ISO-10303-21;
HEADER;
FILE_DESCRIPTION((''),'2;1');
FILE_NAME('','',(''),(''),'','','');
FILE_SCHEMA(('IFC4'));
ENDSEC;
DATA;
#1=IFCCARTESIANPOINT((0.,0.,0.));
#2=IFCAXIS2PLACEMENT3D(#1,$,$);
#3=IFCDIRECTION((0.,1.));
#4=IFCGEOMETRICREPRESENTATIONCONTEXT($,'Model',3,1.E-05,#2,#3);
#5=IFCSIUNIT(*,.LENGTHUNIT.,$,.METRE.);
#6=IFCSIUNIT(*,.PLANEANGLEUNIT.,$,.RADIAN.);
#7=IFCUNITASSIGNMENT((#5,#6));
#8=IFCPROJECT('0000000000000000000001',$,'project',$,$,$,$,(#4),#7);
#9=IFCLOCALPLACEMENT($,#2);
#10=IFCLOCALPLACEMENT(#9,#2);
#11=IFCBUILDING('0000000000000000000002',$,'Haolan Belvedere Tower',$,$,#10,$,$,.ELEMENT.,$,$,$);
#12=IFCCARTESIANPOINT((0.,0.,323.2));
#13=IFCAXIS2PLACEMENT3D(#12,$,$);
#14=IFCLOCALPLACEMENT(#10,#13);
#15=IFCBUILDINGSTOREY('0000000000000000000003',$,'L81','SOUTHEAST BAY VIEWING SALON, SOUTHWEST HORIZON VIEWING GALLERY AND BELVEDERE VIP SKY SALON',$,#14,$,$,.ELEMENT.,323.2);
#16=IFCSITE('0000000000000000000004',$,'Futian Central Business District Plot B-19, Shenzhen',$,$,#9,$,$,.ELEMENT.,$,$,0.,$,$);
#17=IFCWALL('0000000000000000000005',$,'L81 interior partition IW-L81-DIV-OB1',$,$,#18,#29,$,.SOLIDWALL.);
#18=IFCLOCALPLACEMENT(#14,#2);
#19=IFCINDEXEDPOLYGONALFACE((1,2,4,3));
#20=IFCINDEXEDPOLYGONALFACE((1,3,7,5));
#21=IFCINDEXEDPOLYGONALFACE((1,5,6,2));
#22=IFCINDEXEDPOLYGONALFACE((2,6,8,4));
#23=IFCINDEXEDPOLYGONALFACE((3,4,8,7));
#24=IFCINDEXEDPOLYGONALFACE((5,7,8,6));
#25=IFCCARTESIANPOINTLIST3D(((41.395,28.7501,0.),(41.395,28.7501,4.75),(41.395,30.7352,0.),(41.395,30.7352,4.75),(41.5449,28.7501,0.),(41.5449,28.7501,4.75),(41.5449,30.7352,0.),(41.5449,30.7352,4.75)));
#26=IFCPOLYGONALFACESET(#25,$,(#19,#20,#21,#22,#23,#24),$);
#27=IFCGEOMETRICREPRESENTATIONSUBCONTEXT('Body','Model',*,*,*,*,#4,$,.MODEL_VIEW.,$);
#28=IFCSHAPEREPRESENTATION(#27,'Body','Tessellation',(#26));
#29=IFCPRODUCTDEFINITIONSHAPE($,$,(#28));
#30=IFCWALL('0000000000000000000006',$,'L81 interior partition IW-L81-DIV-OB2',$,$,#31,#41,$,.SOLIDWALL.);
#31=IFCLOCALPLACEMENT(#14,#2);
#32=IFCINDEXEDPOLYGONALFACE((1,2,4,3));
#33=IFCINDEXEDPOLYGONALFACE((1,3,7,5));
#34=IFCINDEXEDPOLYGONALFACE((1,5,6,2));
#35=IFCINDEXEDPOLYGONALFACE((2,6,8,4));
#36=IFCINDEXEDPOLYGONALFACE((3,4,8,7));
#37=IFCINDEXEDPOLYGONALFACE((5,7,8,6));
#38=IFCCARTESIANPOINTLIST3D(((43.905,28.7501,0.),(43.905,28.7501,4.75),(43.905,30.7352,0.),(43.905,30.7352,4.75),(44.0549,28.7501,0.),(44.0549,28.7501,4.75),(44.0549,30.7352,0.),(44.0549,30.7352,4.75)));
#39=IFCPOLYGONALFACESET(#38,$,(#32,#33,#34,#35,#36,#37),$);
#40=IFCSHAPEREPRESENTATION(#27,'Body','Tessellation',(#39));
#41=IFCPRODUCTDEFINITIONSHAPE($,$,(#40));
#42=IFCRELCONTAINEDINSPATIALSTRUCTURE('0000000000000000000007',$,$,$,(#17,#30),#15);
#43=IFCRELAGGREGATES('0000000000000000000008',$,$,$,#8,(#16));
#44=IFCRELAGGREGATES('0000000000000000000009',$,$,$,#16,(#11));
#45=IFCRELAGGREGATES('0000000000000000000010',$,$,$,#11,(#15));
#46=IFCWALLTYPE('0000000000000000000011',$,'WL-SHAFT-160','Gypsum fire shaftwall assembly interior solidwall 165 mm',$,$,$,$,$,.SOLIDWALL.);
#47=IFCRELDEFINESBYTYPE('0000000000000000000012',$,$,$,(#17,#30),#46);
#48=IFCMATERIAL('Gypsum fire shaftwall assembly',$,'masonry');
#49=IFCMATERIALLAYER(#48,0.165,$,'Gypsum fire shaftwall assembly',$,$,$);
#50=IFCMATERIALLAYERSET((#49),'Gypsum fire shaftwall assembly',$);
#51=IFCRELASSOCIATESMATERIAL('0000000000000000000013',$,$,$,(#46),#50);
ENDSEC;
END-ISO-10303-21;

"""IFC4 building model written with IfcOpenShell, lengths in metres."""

from ifc_helpers import new_model, si_unit, direction, frame, frame_2d, origin, place, context, subcontext, project, spatial, rectangle, extrude, material, layer, layer_set, type_object, element, save


model = new_model("IFC4")

# Units and contexts
model_context = context("Model", 3, precision=1e-05, world=origin(), true_north=direction((0.0, 1.0)))
body_context = subcontext(model_context, "Body", "Model", "MODEL_VIEW")
ifc_project = project(units=[si_unit("LENGTHUNIT", "METRE"), si_unit("PLANEANGLEUNIT", "RADIAN")], contexts=[model_context])

# Site, building, storey
site_placement = place(None, origin())
site = spatial("IfcSite", under=ifc_project, at=site_placement, Name="Futian Central Business District Plot B-19, Shenzhen", CompositionType="ELEMENT", RefElevation=0.0)
building_placement = place(site_placement, origin())
building = spatial("IfcBuilding", under=site, at=building_placement, Name="Haolan Belvedere Tower", CompositionType="ELEMENT")
storey_placement = place(building_placement, frame((0.0, 0.0, 323.2)))
storey = spatial("IfcBuildingStorey", under=building, at=storey_placement, Name="L81", Description="SOUTHEAST BAY VIEWING SALON, SOUTHWEST HORIZON VIEWING GALLERY AND BELVEDERE VIP SKY SALON", CompositionType="ELEMENT", Elevation=323.2)

# Walls
ifc_material_1 = material(Name="Gypsum fire shaftwall assembly", Category="masonry")
ifc_layer_1 = layer(ifc_material_1, 0.165, Name="Gypsum fire shaftwall assembly")
ifc_layer_set_1 = layer_set([ifc_layer_1], Name="Gypsum fire shaftwall assembly")
wall_type_1 = type_object("IfcWallType", Name="WL-SHAFT-160", Description="Gypsum fire shaftwall assembly interior solidwall 165 mm", PredefinedType="SOLIDWALL", material=ifc_layer_set_1)
for number, where, z_axis, x_axis, name in (
    (1, (41.47, 28.75, 0.0), (0.0, 0.0, 1.0), (0.0, 1.0, 0.0), "L81 interior partition IW-L81-DIV-OB1"),
    (2, (43.98, 28.75, 0.0), (0.0, 0.0, 1.0), (0.0, 1.0, 0.0), "L81 interior partition IW-L81-DIV-OB2"),
):
    element("IfcWall", number, at=place(storey_placement, frame(where, z_axis=z_axis, x_axis=x_axis)), inside=storey, type_object=wall_type_1, Name=name, PredefinedType="SOLIDWALL", context=body_context, shape_type="SweptSolid", body=[
        extrude(rectangle(XDim=1.9851, YDim=0.1499, at=frame_2d((0.9927, 0.0))), origin(), (0.0, 0.0, 1.0), 4.75),
    ])

save(model, "model.ifc")
